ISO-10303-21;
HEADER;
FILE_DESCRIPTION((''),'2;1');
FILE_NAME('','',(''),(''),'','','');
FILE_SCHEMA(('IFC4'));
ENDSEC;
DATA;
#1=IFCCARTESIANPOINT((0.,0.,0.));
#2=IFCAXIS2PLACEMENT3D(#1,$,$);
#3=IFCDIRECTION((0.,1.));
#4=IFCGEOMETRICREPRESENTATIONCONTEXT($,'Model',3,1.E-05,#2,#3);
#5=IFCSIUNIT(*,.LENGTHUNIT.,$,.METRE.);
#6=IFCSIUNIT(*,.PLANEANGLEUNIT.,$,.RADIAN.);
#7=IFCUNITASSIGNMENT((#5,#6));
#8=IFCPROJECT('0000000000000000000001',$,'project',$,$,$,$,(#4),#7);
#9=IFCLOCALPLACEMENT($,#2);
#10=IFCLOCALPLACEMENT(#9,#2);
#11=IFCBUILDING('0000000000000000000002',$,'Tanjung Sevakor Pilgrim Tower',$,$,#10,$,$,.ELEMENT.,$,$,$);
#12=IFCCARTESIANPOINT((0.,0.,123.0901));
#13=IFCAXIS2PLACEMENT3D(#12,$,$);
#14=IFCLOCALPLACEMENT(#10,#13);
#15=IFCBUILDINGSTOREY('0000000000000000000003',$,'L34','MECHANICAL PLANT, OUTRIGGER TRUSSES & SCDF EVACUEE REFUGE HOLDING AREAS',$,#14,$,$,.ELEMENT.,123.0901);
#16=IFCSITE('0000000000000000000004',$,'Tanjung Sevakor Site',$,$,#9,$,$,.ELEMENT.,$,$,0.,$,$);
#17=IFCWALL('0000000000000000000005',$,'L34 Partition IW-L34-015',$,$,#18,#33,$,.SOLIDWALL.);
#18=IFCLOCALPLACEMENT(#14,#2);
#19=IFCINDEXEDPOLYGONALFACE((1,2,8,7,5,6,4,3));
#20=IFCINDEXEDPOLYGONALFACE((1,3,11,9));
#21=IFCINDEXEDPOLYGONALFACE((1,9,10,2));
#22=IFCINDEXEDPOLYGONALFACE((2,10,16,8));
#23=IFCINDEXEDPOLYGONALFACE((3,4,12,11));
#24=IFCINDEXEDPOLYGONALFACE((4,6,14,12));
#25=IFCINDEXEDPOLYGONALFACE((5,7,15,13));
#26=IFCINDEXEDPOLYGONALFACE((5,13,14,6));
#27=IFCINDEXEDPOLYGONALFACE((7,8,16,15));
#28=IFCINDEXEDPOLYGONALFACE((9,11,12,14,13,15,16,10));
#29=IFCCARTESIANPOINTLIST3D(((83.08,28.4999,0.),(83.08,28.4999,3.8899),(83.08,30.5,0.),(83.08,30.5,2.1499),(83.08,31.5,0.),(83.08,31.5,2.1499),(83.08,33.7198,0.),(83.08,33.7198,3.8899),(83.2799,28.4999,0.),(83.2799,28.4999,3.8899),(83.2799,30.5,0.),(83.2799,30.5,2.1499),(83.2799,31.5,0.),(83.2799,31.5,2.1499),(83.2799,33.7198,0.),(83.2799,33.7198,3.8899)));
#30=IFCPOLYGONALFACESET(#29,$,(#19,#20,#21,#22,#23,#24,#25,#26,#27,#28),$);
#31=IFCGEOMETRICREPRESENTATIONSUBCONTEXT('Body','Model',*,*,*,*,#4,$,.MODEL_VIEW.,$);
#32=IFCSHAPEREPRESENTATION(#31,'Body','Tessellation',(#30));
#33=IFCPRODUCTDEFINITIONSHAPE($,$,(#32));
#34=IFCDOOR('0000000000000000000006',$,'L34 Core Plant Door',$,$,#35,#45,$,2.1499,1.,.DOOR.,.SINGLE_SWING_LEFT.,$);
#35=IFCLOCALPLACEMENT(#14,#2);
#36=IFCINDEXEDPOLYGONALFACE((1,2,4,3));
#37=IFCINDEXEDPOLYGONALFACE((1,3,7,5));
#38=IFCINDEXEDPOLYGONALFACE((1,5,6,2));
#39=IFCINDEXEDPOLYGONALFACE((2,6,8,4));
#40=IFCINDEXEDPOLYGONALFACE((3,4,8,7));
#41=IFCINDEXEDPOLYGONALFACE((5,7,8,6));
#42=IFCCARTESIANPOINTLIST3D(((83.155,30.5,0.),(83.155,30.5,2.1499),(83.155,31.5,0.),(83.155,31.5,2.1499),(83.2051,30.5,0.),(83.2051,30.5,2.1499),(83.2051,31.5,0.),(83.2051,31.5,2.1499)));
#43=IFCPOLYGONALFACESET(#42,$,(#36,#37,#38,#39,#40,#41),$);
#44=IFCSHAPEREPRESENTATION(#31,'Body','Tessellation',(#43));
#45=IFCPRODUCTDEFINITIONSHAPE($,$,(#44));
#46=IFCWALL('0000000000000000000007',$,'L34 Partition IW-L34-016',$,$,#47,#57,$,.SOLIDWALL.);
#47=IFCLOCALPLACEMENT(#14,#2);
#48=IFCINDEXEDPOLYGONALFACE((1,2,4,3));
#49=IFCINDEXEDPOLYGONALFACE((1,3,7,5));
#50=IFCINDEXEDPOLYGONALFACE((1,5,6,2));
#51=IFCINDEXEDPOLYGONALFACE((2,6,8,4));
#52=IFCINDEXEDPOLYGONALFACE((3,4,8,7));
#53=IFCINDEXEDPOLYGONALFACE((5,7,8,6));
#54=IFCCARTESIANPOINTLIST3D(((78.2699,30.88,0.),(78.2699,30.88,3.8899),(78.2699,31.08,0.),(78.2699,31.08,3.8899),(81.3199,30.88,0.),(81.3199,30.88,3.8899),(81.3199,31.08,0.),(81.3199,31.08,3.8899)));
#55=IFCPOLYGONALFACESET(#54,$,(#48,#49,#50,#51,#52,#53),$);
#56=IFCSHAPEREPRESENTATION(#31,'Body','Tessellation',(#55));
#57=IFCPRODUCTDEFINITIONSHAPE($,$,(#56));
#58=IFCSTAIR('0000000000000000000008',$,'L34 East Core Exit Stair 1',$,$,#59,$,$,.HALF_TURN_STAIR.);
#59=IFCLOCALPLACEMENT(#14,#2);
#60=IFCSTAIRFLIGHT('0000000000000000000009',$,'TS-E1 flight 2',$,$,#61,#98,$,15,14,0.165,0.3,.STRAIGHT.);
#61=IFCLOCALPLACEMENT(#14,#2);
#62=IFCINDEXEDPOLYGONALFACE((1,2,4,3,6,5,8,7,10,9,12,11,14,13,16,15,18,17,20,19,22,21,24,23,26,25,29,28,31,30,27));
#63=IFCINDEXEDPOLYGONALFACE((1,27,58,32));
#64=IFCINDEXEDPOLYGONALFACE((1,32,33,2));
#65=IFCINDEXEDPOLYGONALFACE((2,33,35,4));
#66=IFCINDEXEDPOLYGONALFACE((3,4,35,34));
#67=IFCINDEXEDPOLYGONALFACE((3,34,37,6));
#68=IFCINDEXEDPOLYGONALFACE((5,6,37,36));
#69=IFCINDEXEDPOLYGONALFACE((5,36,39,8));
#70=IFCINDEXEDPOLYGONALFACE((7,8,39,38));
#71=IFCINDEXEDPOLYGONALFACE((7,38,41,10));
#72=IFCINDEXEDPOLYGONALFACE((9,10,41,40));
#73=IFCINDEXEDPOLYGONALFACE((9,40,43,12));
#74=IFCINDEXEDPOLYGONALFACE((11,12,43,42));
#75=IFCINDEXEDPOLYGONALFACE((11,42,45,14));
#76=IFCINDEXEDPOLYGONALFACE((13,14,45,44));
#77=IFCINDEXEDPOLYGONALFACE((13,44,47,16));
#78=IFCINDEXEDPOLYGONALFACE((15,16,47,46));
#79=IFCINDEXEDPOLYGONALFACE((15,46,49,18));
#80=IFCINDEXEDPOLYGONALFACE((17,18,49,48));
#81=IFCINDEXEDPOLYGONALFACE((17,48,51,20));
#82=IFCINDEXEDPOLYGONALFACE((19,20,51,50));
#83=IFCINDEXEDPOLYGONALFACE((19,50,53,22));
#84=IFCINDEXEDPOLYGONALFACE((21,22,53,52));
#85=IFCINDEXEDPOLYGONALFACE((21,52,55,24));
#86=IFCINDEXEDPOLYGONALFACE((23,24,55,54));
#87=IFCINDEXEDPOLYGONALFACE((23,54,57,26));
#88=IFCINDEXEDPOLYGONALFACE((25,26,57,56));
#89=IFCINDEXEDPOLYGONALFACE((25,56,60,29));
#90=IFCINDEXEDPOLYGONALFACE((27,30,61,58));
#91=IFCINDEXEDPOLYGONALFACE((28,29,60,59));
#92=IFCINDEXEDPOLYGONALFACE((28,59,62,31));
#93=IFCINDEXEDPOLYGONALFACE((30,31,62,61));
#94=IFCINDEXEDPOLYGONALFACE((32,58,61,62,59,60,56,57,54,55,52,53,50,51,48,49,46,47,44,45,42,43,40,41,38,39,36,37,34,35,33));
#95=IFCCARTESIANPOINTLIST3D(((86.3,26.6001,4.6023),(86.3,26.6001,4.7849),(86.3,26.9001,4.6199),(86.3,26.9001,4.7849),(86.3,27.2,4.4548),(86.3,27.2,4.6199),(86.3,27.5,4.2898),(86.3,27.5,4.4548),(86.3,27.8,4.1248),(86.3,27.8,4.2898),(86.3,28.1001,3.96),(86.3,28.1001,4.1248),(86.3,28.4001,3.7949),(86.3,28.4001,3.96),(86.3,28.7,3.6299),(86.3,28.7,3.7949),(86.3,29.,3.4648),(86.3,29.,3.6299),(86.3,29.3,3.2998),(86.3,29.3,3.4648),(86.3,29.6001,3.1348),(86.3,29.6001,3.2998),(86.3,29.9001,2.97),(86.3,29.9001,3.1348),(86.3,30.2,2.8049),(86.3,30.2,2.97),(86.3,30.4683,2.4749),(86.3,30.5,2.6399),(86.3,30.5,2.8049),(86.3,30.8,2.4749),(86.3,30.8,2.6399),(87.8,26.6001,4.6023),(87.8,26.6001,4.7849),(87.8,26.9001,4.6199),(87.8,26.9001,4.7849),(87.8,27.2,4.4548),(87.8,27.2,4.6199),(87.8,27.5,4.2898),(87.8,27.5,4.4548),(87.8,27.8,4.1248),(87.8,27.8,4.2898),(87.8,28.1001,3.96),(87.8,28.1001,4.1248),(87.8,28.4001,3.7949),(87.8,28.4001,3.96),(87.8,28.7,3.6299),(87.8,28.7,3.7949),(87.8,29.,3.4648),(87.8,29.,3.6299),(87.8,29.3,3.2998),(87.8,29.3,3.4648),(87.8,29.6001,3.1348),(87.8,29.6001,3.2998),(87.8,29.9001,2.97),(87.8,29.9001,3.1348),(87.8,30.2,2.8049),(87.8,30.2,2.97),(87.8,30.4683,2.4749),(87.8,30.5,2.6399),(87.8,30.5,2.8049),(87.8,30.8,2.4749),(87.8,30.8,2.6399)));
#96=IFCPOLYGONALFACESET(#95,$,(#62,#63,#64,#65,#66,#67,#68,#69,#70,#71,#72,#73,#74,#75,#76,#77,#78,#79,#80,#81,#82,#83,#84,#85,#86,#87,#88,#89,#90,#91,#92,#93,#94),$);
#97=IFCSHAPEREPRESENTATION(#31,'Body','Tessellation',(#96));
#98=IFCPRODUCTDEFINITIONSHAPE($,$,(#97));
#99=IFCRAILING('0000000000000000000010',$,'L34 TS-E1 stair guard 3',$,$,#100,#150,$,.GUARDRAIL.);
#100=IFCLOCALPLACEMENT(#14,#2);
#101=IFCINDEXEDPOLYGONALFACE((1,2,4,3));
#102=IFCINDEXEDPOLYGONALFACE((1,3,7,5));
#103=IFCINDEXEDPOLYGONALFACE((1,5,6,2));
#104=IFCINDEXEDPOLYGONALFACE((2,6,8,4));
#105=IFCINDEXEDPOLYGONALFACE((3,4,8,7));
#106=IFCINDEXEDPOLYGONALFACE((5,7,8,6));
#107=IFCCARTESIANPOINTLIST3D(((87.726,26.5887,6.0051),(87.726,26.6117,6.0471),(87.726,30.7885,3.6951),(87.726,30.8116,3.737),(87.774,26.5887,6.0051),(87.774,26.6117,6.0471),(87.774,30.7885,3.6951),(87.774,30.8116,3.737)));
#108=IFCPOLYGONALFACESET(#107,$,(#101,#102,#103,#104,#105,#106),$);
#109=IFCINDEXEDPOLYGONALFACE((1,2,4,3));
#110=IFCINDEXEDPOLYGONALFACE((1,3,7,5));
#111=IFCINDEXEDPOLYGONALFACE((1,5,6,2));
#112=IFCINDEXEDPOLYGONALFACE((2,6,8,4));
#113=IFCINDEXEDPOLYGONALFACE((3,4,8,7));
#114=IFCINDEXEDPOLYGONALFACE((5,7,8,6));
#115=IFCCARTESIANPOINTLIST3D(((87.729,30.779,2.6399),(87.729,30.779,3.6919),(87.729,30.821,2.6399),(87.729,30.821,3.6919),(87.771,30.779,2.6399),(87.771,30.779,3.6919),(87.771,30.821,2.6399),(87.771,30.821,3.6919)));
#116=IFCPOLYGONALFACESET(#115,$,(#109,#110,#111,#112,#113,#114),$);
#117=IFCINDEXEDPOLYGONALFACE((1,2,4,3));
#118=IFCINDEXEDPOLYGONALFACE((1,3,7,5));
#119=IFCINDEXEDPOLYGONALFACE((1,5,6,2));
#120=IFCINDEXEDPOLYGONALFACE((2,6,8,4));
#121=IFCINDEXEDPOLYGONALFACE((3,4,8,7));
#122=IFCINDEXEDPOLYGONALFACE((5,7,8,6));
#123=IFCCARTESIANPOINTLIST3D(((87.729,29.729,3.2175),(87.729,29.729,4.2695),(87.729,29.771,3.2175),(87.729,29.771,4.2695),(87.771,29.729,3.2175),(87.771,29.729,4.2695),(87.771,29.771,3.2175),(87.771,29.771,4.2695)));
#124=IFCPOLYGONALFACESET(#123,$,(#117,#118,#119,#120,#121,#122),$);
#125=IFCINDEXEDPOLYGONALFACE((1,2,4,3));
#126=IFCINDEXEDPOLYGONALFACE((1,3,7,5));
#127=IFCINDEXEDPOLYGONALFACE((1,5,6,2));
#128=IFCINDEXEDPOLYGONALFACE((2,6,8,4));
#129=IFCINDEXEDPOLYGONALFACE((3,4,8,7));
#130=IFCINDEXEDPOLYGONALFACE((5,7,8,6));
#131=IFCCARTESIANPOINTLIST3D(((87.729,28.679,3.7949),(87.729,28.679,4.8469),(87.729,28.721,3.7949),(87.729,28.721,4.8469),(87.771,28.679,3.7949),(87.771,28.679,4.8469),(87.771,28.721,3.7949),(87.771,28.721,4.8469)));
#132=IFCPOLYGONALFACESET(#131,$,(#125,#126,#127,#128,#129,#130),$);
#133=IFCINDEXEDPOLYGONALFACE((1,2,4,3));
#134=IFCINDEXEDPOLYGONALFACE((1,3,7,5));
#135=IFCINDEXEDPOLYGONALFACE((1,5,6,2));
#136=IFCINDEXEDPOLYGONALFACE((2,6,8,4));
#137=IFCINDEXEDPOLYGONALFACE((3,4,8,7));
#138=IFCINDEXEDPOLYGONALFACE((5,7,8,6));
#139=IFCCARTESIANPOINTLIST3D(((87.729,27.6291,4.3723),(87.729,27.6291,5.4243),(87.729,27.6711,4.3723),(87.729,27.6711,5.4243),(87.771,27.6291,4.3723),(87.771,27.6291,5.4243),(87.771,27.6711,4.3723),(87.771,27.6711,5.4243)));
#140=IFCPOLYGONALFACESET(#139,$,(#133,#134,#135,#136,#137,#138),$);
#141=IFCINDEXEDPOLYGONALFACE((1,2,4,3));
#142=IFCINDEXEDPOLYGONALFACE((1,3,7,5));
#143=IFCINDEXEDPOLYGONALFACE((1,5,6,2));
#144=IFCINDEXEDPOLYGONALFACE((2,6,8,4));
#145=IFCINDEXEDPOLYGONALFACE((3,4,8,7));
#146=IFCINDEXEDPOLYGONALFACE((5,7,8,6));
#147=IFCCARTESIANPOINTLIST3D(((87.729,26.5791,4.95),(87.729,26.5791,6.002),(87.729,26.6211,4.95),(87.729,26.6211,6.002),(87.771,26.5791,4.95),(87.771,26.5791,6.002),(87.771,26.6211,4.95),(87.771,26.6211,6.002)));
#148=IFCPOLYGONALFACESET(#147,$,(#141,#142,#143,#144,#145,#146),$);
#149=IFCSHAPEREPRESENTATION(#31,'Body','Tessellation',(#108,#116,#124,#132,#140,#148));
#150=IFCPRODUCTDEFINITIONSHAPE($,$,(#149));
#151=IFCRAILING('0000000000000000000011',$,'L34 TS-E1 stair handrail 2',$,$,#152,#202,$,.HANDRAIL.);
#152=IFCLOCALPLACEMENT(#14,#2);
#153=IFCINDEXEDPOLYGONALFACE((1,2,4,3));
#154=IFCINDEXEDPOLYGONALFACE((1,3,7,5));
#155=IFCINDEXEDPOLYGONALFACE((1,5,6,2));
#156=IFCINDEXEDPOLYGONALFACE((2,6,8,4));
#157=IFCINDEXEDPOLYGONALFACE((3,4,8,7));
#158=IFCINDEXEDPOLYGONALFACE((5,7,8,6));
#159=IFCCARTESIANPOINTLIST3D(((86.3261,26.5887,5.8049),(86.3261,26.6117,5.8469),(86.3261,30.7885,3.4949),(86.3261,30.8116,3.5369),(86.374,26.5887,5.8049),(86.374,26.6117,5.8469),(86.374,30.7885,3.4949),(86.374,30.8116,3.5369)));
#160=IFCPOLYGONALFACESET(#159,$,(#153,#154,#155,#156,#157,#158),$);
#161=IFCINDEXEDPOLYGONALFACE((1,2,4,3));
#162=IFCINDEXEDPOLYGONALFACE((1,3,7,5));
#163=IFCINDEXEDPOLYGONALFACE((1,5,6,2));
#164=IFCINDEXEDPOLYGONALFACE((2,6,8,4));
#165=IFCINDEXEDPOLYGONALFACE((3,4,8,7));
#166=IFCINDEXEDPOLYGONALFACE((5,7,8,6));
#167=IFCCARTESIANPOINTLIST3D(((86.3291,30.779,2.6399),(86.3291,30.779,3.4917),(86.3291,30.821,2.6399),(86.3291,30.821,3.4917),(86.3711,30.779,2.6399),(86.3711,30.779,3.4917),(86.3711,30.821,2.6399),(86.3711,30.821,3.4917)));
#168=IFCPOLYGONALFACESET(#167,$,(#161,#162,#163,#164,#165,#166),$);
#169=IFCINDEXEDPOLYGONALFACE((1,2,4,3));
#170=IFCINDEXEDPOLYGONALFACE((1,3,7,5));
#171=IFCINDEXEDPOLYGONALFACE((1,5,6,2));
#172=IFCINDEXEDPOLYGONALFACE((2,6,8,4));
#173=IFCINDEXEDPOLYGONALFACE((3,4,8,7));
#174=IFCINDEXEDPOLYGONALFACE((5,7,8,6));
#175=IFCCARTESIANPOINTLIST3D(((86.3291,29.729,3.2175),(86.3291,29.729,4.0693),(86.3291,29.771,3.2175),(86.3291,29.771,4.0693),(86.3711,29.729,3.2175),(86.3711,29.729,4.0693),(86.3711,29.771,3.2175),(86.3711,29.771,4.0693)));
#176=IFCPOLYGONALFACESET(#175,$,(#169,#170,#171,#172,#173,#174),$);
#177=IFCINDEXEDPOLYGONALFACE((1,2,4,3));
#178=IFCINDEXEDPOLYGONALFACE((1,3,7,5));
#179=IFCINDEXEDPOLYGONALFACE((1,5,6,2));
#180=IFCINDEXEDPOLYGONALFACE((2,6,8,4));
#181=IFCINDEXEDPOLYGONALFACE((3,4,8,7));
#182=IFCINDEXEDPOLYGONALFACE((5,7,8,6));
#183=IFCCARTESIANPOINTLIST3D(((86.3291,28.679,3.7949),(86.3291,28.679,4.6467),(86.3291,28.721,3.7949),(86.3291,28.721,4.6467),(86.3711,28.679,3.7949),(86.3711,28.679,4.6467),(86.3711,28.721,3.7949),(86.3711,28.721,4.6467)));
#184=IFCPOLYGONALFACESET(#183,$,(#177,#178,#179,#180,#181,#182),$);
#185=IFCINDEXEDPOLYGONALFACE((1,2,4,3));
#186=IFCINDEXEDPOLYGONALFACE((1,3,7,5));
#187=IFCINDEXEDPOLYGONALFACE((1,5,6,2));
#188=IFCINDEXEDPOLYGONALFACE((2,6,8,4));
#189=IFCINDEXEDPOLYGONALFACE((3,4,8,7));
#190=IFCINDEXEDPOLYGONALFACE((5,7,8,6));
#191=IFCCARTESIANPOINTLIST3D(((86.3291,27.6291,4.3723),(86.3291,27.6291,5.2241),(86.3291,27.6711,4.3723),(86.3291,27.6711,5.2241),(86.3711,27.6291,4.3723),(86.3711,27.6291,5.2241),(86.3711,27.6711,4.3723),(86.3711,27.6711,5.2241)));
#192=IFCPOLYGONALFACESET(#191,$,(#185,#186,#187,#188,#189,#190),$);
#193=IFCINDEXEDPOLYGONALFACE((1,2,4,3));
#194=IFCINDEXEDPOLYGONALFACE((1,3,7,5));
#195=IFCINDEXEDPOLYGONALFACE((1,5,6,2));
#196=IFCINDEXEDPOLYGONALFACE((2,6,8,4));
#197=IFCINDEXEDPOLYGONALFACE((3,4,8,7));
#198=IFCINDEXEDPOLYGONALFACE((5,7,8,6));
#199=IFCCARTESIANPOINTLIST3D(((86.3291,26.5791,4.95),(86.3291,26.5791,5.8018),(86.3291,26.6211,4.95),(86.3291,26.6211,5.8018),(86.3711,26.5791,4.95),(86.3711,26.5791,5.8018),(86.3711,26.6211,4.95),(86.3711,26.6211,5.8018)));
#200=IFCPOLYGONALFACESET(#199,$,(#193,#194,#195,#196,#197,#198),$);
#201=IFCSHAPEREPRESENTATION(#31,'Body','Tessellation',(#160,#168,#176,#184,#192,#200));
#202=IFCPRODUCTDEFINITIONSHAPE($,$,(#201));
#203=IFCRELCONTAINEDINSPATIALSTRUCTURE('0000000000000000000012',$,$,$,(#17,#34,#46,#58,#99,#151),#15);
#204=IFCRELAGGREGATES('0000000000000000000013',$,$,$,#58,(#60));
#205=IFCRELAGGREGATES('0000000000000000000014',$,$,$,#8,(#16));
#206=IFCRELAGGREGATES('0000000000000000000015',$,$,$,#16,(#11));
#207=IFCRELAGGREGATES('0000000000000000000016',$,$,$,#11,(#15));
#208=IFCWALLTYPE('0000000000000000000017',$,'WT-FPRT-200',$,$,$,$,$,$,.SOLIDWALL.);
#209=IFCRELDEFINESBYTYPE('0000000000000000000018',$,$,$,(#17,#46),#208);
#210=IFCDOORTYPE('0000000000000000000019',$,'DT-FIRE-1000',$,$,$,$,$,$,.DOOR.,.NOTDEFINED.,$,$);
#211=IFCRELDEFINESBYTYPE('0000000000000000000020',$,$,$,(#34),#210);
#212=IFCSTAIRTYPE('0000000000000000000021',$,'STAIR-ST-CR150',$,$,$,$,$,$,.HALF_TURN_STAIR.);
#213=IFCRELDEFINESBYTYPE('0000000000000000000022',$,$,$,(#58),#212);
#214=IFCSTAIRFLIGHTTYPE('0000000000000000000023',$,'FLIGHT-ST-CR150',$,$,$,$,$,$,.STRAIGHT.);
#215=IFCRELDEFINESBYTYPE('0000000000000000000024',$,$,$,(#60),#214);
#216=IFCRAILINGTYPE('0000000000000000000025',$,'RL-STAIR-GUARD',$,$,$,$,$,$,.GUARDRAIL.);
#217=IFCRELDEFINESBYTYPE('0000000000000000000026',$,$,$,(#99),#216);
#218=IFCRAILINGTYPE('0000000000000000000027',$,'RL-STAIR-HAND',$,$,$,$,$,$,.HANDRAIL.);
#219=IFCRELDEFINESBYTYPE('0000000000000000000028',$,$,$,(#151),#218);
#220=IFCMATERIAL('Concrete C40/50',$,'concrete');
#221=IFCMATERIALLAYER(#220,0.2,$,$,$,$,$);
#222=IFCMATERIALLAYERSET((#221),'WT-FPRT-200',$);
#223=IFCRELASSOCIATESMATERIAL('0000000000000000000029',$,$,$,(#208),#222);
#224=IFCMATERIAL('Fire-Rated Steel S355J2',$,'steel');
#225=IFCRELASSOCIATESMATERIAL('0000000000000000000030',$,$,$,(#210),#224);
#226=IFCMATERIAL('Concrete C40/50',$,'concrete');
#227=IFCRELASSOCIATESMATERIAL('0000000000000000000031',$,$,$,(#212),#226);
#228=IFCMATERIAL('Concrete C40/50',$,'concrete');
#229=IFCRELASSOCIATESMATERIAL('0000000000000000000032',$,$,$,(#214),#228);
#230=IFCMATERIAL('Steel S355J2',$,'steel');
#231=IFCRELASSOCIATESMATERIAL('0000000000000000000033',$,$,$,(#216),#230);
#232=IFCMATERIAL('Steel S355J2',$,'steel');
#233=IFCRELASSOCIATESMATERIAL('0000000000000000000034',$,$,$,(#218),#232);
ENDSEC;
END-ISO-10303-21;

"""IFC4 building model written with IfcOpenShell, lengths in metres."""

from ifc_helpers import new_model, si_unit, direction, frame, frame_2d, origin, place, context, subcontext, project, spatial, polyline, rectangle, outline, extrude, material, layer, layer_set, type_object, element, fill, aggregate, save


model = new_model("IFC4")

# Units and contexts
model_context = context("Model", 3, precision=1e-05, world=origin(), true_north=direction((0.0, 1.0)))
body_context = subcontext(model_context, "Body", "Model", "MODEL_VIEW")
ifc_project = project(units=[si_unit("LENGTHUNIT", "METRE"), si_unit("PLANEANGLEUNIT", "RADIAN")], contexts=[model_context])

# Site, building, storey
site_placement = place(None, origin())
site = spatial("IfcSite", under=ifc_project, at=site_placement, Name="Tanjung Sevakor Site", CompositionType="ELEMENT", RefElevation=0.0)
building_placement = place(site_placement, origin())
building = spatial("IfcBuilding", under=site, at=building_placement, Name="Tanjung Sevakor Pilgrim Tower", CompositionType="ELEMENT")
storey_placement = place(building_placement, frame((0.0, 0.0, 123.0901)))
storey = spatial("IfcBuildingStorey", under=building, at=storey_placement, Name="L34", Description="MECHANICAL PLANT, OUTRIGGER TRUSSES & SCDF EVACUEE REFUGE HOLDING AREAS", CompositionType="ELEMENT", Elevation=123.0901)

# Wall, opening, door
ifc_material_1 = material(Name="Concrete C40/50", Category="concrete")
ifc_layer_1 = layer(ifc_material_1, 0.2)
ifc_layer_set_1 = layer_set([ifc_layer_1], Name="WT-FPRT-200")
wall_type_1 = type_object("IfcWallType", Name="WT-FPRT-200", PredefinedType="SOLIDWALL", material=ifc_layer_set_1)
ifc_material_2 = material(Name="Fire-Rated Steel S355J2", Category="steel")
door_type_1 = type_object("IfcDoorType", Name="DT-FIRE-1000", OperationType="NOTDEFINED", PredefinedType="DOOR", material=ifc_material_2)
wall_1_placement = place(storey_placement, frame((83.1799, 28.5, 0.0), z_axis=(0.0, 0.0, 1.0), x_axis=(0.0, 1.0, 0.0)))
wall_1 = element("IfcWall", 1, at=wall_1_placement, inside=storey, type_object=wall_type_1, Name="L34 Partition IW-L34-015", PredefinedType="SOLIDWALL", context=body_context, shape_type="SweptSolid", body=[
    extrude(rectangle(XDim=5.22, YDim=0.2, at=frame_2d((2.6099, 0.0))), origin(), (0.0, 0.0, 1.0), 3.8899),
])
opening_1_placement = place(wall_1_placement, frame((2.0, 0.0, 0.0)))
opening_1 = element("IfcOpeningElement", 2, at=opening_1_placement, cuts=wall_1, PredefinedType="OPENING", context=body_context, shape_type="SweptSolid", body=[
    extrude(rectangle(XDim=1.0, YDim=2.1499, at=frame_2d((0.5, 1.075))), frame((0.0, 0.1099, 0.0), z_axis=(0.0, -1.0, 0.0), x_axis=(1.0, 0.0, 0.0)), (0.0, 0.0, 1.0), 0.22),
])
door_1_placement = place(opening_1_placement, origin())
door_1 = element("IfcDoor", 3, at=door_1_placement, inside=storey, type_object=door_type_1, Name="L34 Core Plant Door", OperationType="SINGLE_SWING_LEFT", OverallHeight=2.1499, OverallWidth=1.0, PredefinedType="DOOR", context=body_context, shape_type="SweptSolid", body=[
    extrude(rectangle(XDim=1.0, YDim=2.1499, at=frame_2d((0.5, 1.075))), frame((0.0, 0.0249, 0.0), z_axis=(0.0, -1.0, 0.0), x_axis=(1.0, 0.0, 0.0)), (0.0, 0.0, 1.0), 0.05),
])
fill(opening_1, door_1)

# Wall
wall_2_placement = place(storey_placement, frame((78.27, 30.98, 0.0), z_axis=(0.0, 0.0, 1.0), x_axis=(1.0, 0.0, 0.0)))
element("IfcWall", 4, at=wall_2_placement, inside=storey, type_object=wall_type_1, Name="L34 Partition IW-L34-016", PredefinedType="SOLIDWALL", context=body_context, shape_type="SweptSolid", body=[
    extrude(rectangle(XDim=3.05, YDim=0.2, at=frame_2d((1.5249, 0.0))), origin(), (0.0, 0.0, 1.0), 3.8899),
])

# Stair, stair flight
ifc_material_3 = material(Name="Concrete C40/50", Category="concrete")
stair_type = type_object("IfcStairType", Name="STAIR-ST-CR150", PredefinedType="HALF_TURN_STAIR", material=ifc_material_3)
stair_placement = place(storey_placement, origin())
stair = element("IfcStair", 5, at=stair_placement, inside=storey, type_object=stair_type, Name="L34 East Core Exit Stair 1", PredefinedType="HALF_TURN_STAIR")
ifc_material_4 = material(Name="Concrete C40/50", Category="concrete")
stair_flight_type = type_object("IfcStairFlightType", Name="FLIGHT-ST-CR150", PredefinedType="STRAIGHT", material=ifc_material_4)
stair_flight_placement = place(storey_placement, frame((87.05, 30.8, 2.4749), z_axis=(0.0, 0.0, 1.0), x_axis=(0.0, -1.0, 0.0)))
stair_flight = element("IfcStairFlight", 6, at=stair_flight_placement, type_object=stair_flight_type, Name="TS-E1 flight 2", NumberOfRisers=15, NumberOfTreads=14, PredefinedType="STRAIGHT", RiserHeight=0.165, TreadLength=0.3, context=body_context, shape_type="SweptSolid", body=[
    extrude(outline(polyline([(0.0, 0.0), (0.0, 0.165), (0.3, 0.165), (0.3, 0.3301), (0.6001, 0.3301), (0.6001, 0.4951), (0.8999, 0.4951), (0.8999, 0.6599), (1.2, 0.6599), (1.2, 0.825), (1.5, 0.825), (1.5, 0.99), (1.8, 0.99), (1.8, 1.155), (2.1001, 1.155), (2.1001, 1.3201), (2.3999, 1.3201), (2.3999, 1.4851), (2.7, 1.4851), (2.7, 1.6499), (3.0, 1.6499), (3.0, 1.8149), (3.3, 1.8149), (3.3, 1.98), (3.6001, 1.98), (3.6001, 2.145), (3.8999, 2.145), (3.8999, 2.3101), (4.2, 2.3101), (4.2, 2.4751), (4.2, 2.1274), (0.3318, 0.0), (0.0, 0.0)])), frame((0.0, 0.75, 0.0), z_axis=(0.0, -1.0, 0.0), x_axis=(1.0, 0.0, 0.0)), (0.0, 0.0, 1.0), 1.5),
])
aggregate(stair, [stair_flight])

# Railings
ifc_material_5 = material(Name="Steel S355J2", Category="steel")
railing_type_1 = type_object("IfcRailingType", Name="RL-STAIR-GUARD", PredefinedType="GUARDRAIL", material=ifc_material_5)
railing_1_placement = place(storey_placement, frame((87.75, 30.8, 2.6399)))
element("IfcRailing", 7, at=railing_1_placement, inside=storey, type_object=railing_type_1, Name="L34 TS-E1 stair guard 3", PredefinedType="GUARDRAIL", context=body_context, shape_type="SweptSolid", body=[
    extrude(rectangle(XDim=0.0479, YDim=0.0479), frame((0.0, 0.0, 1.0762), z_axis=(0.0, -0.876208, 0.481932), x_axis=(1.0, 0.0, 0.0)), (0.0, 0.0, 1.0), 4.7932),
    extrude(rectangle(XDim=0.042, YDim=0.042), origin(), (0.0, 0.0, 1.0), 1.052),
    extrude(rectangle(XDim=0.042, YDim=0.042), frame((0.0, -1.05, 0.5776)), (0.0, 0.0, 1.0), 1.052),
    extrude(rectangle(XDim=0.042, YDim=0.042), frame((0.0, -2.1001, 1.155)), (0.0, 0.0, 1.0), 1.052),
    extrude(rectangle(XDim=0.042, YDim=0.042), frame((0.0, -3.1499, 1.7324)), (0.0, 0.0, 1.0), 1.052),
    extrude(rectangle(XDim=0.042, YDim=0.042), frame((0.0, -4.2, 2.3101)), (0.0, 0.0, 1.0), 1.052),
])
ifc_material_6 = material(Name="Steel S355J2", Category="steel")
railing_type_2 = type_object("IfcRailingType", Name="RL-STAIR-HAND", PredefinedType="HANDRAIL", material=ifc_material_6)
railing_2_placement = place(storey_placement, frame((86.3501, 30.8, 2.6399)))
element("IfcRailing", 8, at=railing_2_placement, inside=storey, type_object=railing_type_2, Name="L34 TS-E1 stair handrail 2", PredefinedType="HANDRAIL", context=body_context, shape_type="SweptSolid", body=[
    extrude(rectangle(XDim=0.0479, YDim=0.0479), frame((0.0, 0.0, 0.876), z_axis=(0.0, -0.876208, 0.481932), x_axis=(1.0, 0.0, 0.0)), (0.0, 0.0, 1.0), 4.7932),
    extrude(rectangle(XDim=0.042, YDim=0.042), origin(), (0.0, 0.0, 1.0), 0.8518),
    extrude(rectangle(XDim=0.042, YDim=0.042), frame((0.0, -1.05, 0.5776)), (0.0, 0.0, 1.0), 0.8518),
    extrude(rectangle(XDim=0.042, YDim=0.042), frame((0.0, -2.1001, 1.155)), (0.0, 0.0, 1.0), 0.8518),
    extrude(rectangle(XDim=0.042, YDim=0.042), frame((0.0, -3.1499, 1.7324)), (0.0, 0.0, 1.0), 0.8518),
    extrude(rectangle(XDim=0.042, YDim=0.042), frame((0.0, -4.2, 2.3101)), (0.0, 0.0, 1.0), 0.8518),
])

save(model, "model.ifc")
